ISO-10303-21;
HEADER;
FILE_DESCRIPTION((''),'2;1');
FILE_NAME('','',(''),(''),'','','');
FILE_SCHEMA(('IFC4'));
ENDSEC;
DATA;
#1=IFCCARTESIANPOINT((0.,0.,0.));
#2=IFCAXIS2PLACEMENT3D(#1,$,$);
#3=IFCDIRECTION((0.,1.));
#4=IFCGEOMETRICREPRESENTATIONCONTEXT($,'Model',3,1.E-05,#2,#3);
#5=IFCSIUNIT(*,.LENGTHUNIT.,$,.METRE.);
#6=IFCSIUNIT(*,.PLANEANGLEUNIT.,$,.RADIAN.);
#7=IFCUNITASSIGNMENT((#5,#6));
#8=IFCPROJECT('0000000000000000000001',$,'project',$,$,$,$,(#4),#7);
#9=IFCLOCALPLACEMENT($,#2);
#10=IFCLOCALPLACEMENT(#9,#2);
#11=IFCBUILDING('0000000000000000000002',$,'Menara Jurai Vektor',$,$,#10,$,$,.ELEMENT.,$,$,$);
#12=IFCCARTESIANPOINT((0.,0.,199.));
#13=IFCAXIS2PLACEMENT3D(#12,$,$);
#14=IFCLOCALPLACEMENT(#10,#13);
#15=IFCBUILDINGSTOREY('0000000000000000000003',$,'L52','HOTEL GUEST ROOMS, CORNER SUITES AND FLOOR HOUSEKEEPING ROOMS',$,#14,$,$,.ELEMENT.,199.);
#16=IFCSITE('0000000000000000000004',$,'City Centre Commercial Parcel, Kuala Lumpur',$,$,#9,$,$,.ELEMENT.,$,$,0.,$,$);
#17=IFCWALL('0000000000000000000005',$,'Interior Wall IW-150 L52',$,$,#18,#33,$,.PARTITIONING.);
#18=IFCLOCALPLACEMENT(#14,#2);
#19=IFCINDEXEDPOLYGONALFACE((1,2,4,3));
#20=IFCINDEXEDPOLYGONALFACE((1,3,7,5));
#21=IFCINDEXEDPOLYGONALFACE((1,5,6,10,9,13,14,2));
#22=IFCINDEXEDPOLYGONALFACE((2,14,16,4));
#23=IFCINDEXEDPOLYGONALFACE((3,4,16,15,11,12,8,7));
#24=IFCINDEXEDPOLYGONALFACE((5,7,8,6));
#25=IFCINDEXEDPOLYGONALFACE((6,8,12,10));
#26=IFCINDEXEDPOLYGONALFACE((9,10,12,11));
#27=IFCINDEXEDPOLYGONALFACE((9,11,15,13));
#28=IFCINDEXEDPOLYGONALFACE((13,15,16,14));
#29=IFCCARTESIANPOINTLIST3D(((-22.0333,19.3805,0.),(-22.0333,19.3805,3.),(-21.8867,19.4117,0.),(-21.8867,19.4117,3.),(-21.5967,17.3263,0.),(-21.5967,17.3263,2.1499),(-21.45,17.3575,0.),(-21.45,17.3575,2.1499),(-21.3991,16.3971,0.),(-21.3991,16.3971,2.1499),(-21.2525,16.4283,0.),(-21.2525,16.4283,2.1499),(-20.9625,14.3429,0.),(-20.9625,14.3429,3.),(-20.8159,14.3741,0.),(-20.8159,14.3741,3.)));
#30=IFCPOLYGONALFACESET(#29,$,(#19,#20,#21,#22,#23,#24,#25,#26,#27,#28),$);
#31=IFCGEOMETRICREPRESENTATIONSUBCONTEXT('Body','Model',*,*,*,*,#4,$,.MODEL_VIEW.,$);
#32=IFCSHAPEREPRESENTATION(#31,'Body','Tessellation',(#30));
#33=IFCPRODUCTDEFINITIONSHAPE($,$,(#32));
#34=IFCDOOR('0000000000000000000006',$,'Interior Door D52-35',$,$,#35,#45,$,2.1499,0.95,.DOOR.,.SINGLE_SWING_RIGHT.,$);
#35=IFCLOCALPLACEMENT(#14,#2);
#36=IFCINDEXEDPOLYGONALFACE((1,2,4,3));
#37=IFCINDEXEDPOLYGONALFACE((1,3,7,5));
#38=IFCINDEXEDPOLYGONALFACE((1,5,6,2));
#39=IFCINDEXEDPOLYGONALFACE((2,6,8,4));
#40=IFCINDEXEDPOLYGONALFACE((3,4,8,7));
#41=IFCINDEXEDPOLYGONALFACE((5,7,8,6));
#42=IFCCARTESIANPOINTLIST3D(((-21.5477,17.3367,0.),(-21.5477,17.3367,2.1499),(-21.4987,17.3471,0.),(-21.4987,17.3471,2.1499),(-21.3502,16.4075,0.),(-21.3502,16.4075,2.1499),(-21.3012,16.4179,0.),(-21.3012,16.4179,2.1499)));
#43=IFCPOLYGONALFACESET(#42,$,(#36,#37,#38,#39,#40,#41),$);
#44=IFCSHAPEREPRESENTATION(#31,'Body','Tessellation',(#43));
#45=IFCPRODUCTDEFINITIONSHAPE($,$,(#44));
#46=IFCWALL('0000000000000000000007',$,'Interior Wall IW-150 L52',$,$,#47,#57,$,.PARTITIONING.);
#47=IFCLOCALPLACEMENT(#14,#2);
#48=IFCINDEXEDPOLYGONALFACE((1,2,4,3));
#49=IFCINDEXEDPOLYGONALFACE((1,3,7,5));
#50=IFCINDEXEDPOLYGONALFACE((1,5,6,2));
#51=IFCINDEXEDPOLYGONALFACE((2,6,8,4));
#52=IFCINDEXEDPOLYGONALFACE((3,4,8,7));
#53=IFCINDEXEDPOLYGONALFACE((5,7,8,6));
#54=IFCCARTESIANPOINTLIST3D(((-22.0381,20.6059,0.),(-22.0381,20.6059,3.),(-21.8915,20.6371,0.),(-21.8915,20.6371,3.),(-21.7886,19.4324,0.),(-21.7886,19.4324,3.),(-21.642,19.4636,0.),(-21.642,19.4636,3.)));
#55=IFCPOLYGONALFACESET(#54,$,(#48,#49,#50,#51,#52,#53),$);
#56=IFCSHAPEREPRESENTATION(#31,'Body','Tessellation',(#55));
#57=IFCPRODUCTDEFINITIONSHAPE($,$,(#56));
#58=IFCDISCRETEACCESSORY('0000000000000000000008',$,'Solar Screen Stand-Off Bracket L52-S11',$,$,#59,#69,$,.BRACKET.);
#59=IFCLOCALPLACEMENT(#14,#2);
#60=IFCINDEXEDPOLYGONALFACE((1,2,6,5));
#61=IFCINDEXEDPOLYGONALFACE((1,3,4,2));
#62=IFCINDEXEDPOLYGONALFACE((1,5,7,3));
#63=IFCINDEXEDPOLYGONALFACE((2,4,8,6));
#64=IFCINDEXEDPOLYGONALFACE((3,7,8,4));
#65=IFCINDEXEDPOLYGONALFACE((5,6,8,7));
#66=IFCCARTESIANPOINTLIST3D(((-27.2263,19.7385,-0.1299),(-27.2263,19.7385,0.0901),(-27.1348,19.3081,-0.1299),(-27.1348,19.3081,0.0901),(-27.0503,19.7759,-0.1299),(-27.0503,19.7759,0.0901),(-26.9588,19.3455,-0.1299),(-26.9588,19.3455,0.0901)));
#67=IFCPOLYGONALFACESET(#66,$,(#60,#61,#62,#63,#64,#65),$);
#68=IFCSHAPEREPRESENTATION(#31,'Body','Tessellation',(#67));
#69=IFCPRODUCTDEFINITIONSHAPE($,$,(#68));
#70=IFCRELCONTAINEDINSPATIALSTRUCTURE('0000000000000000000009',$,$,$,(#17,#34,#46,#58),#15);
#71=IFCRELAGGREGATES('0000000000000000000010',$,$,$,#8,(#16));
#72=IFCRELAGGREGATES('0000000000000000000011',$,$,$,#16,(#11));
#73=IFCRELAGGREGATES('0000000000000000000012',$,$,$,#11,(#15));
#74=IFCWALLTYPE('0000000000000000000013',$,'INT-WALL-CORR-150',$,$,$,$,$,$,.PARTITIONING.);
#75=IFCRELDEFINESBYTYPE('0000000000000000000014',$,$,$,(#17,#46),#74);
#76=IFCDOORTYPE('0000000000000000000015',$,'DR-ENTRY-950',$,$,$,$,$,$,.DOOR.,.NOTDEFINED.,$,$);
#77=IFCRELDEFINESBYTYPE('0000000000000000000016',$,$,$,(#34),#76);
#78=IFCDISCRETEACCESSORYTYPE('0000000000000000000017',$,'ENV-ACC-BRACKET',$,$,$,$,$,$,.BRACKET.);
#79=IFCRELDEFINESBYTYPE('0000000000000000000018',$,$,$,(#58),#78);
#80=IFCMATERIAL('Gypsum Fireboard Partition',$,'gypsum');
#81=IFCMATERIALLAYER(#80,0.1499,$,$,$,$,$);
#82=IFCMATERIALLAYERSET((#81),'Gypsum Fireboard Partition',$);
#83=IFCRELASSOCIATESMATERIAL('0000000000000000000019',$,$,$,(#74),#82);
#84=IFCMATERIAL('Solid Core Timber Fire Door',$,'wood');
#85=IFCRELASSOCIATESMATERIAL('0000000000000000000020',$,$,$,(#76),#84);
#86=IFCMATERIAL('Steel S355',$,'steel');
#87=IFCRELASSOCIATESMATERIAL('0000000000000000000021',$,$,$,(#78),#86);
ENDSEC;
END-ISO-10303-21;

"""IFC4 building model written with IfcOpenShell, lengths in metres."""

from ifc_helpers import new_model, si_unit, direction, frame, frame_2d, origin, origin_2d, place, context, subcontext, project, spatial, rectangle, extrude, material, layer, layer_set, type_object, element, fill, save


model = new_model("IFC4")

# Units and contexts
model_context = context("Model", 3, precision=1e-05, world=origin(), true_north=direction((0.0, 1.0)))
body_context = subcontext(model_context, "Body", "Model", "MODEL_VIEW")
ifc_project = project(units=[si_unit("LENGTHUNIT", "METRE"), si_unit("PLANEANGLEUNIT", "RADIAN")], contexts=[model_context])

# Site, building, storey
site_placement = place(None, origin())
site = spatial("IfcSite", under=ifc_project, at=site_placement, Name="City Centre Commercial Parcel, Kuala Lumpur", CompositionType="ELEMENT", RefElevation=0.0)
building_placement = place(site_placement, origin())
building = spatial("IfcBuilding", under=site, at=building_placement, Name="Menara Jurai Vektor", CompositionType="ELEMENT")
storey_placement = place(building_placement, frame((0.0, 0.0, 199.0)))
storey = spatial("IfcBuildingStorey", under=building, at=storey_placement, Name="L52", Description="HOTEL GUEST ROOMS, CORNER SUITES AND FLOOR HOUSEKEEPING ROOMS", CompositionType="ELEMENT", Elevation=199.0)

# Shared definitions
ifc_material_1 = material(Name="Steel S355", Category="steel")

# Shared definitions
ifc_material_2 = material(Name="Gypsum Fireboard Partition", Category="gypsum")
ifc_layer_1 = layer(ifc_material_2, 0.1499)
ifc_layer_set_1 = layer_set([ifc_layer_1], Name="Gypsum Fireboard Partition")
wall_type = type_object("IfcWallType", Name="INT-WALL-CORR-150", PredefinedType="PARTITIONING", material=ifc_layer_set_1)

# Wall, opening, door
wall_1_placement = place(storey_placement, frame((-20.8892, 14.3584, 0.0), z_axis=(0.0, 0.0, 1.0), x_axis=(-0.207917, 0.978147, 0.0)))
wall_1 = element("IfcWall", 1, at=wall_1_placement, inside=storey, type_object=wall_type, Name="Interior Wall IW-150 L52", PredefinedType="PARTITIONING", context=body_context, shape_type="SweptSolid", body=[
    extrude(rectangle(XDim=5.1501, YDim=0.1499, at=frame_2d((2.5752, 0.0))), origin(), (0.0, 0.0, 1.0), 3.0),
])
opening_placement = place(wall_1_placement, frame((2.1001, 0.0, 0.0)))
opening = element("IfcOpeningElement", 2, at=opening_placement, cuts=wall_1, PredefinedType="OPENING", context=body_context, shape_type="SweptSolid", body=[
    extrude(rectangle(XDim=0.95, YDim=2.1499, at=frame_2d((0.4751, 1.075))), frame((0.0, 0.085, 0.0), z_axis=(0.0, -1.0, 0.0), x_axis=(1.0, 0.0, 0.0)), (0.0, 0.0, 1.0), 0.1699),
])
ifc_material_3 = material(Name="Solid Core Timber Fire Door", Category="wood")
door_type = type_object("IfcDoorType", Name="DR-ENTRY-950", OperationType="NOTDEFINED", PredefinedType="DOOR", material=ifc_material_3)
door_placement = place(opening_placement, origin())
door = element("IfcDoor", 3, at=door_placement, inside=storey, type_object=door_type, Name="Interior Door D52-35", OperationType="SINGLE_SWING_RIGHT", OverallHeight=2.1499, OverallWidth=0.95, PredefinedType="DOOR", context=body_context, shape_type="SweptSolid", body=[
    extrude(rectangle(XDim=0.95, YDim=2.1499, at=frame_2d((0.4751, 1.075))), frame((0.0, 0.0249, 0.0), z_axis=(0.0, -1.0, 0.0), x_axis=(1.0, 0.0, 0.0)), (0.0, 0.0, 1.0), 0.05),
])
fill(opening, door)

# Wall
wall_2_placement = place(storey_placement, frame((-21.7153, 19.448, 0.0), z_axis=(0.0, 0.0, 1.0), x_axis=(-0.207959, 0.978138, 0.0)))
element("IfcWall", 4, at=wall_2_placement, inside=storey, type_object=wall_type, Name="Interior Wall IW-150 L52", PredefinedType="PARTITIONING", context=body_context, shape_type="SweptSolid", body=[
    extrude(rectangle(XDim=1.1997, YDim=0.1499, at=frame_2d((0.5999, 0.0))), origin(), (0.0, 0.0, 1.0), 3.0),
])

# Discrete accessory
discrete_accessory_type = type_object("IfcDiscreteAccessoryType", Name="ENV-ACC-BRACKET", PredefinedType="BRACKET", material=ifc_material_1)
discrete_accessory_placement = place(storey_placement, frame((-27.0925, 19.542, -0.1299), z_axis=(0.0, 0.0, 1.0), x_axis=(-0.978148, -0.207912, 0.0)))
element("IfcDiscreteAccessory", 5, at=discrete_accessory_placement, inside=storey, type_object=discrete_accessory_type, Name="Solar Screen Stand-Off Bracket L52-S11", PredefinedType="BRACKET", context=body_context, shape_type="SweptSolid", body=[
    extrude(rectangle(XDim=0.1799, YDim=0.4399, at=origin_2d()), origin(), (0.0, 0.0, 1.0), 0.22),
])

save(model, "model.ifc")
